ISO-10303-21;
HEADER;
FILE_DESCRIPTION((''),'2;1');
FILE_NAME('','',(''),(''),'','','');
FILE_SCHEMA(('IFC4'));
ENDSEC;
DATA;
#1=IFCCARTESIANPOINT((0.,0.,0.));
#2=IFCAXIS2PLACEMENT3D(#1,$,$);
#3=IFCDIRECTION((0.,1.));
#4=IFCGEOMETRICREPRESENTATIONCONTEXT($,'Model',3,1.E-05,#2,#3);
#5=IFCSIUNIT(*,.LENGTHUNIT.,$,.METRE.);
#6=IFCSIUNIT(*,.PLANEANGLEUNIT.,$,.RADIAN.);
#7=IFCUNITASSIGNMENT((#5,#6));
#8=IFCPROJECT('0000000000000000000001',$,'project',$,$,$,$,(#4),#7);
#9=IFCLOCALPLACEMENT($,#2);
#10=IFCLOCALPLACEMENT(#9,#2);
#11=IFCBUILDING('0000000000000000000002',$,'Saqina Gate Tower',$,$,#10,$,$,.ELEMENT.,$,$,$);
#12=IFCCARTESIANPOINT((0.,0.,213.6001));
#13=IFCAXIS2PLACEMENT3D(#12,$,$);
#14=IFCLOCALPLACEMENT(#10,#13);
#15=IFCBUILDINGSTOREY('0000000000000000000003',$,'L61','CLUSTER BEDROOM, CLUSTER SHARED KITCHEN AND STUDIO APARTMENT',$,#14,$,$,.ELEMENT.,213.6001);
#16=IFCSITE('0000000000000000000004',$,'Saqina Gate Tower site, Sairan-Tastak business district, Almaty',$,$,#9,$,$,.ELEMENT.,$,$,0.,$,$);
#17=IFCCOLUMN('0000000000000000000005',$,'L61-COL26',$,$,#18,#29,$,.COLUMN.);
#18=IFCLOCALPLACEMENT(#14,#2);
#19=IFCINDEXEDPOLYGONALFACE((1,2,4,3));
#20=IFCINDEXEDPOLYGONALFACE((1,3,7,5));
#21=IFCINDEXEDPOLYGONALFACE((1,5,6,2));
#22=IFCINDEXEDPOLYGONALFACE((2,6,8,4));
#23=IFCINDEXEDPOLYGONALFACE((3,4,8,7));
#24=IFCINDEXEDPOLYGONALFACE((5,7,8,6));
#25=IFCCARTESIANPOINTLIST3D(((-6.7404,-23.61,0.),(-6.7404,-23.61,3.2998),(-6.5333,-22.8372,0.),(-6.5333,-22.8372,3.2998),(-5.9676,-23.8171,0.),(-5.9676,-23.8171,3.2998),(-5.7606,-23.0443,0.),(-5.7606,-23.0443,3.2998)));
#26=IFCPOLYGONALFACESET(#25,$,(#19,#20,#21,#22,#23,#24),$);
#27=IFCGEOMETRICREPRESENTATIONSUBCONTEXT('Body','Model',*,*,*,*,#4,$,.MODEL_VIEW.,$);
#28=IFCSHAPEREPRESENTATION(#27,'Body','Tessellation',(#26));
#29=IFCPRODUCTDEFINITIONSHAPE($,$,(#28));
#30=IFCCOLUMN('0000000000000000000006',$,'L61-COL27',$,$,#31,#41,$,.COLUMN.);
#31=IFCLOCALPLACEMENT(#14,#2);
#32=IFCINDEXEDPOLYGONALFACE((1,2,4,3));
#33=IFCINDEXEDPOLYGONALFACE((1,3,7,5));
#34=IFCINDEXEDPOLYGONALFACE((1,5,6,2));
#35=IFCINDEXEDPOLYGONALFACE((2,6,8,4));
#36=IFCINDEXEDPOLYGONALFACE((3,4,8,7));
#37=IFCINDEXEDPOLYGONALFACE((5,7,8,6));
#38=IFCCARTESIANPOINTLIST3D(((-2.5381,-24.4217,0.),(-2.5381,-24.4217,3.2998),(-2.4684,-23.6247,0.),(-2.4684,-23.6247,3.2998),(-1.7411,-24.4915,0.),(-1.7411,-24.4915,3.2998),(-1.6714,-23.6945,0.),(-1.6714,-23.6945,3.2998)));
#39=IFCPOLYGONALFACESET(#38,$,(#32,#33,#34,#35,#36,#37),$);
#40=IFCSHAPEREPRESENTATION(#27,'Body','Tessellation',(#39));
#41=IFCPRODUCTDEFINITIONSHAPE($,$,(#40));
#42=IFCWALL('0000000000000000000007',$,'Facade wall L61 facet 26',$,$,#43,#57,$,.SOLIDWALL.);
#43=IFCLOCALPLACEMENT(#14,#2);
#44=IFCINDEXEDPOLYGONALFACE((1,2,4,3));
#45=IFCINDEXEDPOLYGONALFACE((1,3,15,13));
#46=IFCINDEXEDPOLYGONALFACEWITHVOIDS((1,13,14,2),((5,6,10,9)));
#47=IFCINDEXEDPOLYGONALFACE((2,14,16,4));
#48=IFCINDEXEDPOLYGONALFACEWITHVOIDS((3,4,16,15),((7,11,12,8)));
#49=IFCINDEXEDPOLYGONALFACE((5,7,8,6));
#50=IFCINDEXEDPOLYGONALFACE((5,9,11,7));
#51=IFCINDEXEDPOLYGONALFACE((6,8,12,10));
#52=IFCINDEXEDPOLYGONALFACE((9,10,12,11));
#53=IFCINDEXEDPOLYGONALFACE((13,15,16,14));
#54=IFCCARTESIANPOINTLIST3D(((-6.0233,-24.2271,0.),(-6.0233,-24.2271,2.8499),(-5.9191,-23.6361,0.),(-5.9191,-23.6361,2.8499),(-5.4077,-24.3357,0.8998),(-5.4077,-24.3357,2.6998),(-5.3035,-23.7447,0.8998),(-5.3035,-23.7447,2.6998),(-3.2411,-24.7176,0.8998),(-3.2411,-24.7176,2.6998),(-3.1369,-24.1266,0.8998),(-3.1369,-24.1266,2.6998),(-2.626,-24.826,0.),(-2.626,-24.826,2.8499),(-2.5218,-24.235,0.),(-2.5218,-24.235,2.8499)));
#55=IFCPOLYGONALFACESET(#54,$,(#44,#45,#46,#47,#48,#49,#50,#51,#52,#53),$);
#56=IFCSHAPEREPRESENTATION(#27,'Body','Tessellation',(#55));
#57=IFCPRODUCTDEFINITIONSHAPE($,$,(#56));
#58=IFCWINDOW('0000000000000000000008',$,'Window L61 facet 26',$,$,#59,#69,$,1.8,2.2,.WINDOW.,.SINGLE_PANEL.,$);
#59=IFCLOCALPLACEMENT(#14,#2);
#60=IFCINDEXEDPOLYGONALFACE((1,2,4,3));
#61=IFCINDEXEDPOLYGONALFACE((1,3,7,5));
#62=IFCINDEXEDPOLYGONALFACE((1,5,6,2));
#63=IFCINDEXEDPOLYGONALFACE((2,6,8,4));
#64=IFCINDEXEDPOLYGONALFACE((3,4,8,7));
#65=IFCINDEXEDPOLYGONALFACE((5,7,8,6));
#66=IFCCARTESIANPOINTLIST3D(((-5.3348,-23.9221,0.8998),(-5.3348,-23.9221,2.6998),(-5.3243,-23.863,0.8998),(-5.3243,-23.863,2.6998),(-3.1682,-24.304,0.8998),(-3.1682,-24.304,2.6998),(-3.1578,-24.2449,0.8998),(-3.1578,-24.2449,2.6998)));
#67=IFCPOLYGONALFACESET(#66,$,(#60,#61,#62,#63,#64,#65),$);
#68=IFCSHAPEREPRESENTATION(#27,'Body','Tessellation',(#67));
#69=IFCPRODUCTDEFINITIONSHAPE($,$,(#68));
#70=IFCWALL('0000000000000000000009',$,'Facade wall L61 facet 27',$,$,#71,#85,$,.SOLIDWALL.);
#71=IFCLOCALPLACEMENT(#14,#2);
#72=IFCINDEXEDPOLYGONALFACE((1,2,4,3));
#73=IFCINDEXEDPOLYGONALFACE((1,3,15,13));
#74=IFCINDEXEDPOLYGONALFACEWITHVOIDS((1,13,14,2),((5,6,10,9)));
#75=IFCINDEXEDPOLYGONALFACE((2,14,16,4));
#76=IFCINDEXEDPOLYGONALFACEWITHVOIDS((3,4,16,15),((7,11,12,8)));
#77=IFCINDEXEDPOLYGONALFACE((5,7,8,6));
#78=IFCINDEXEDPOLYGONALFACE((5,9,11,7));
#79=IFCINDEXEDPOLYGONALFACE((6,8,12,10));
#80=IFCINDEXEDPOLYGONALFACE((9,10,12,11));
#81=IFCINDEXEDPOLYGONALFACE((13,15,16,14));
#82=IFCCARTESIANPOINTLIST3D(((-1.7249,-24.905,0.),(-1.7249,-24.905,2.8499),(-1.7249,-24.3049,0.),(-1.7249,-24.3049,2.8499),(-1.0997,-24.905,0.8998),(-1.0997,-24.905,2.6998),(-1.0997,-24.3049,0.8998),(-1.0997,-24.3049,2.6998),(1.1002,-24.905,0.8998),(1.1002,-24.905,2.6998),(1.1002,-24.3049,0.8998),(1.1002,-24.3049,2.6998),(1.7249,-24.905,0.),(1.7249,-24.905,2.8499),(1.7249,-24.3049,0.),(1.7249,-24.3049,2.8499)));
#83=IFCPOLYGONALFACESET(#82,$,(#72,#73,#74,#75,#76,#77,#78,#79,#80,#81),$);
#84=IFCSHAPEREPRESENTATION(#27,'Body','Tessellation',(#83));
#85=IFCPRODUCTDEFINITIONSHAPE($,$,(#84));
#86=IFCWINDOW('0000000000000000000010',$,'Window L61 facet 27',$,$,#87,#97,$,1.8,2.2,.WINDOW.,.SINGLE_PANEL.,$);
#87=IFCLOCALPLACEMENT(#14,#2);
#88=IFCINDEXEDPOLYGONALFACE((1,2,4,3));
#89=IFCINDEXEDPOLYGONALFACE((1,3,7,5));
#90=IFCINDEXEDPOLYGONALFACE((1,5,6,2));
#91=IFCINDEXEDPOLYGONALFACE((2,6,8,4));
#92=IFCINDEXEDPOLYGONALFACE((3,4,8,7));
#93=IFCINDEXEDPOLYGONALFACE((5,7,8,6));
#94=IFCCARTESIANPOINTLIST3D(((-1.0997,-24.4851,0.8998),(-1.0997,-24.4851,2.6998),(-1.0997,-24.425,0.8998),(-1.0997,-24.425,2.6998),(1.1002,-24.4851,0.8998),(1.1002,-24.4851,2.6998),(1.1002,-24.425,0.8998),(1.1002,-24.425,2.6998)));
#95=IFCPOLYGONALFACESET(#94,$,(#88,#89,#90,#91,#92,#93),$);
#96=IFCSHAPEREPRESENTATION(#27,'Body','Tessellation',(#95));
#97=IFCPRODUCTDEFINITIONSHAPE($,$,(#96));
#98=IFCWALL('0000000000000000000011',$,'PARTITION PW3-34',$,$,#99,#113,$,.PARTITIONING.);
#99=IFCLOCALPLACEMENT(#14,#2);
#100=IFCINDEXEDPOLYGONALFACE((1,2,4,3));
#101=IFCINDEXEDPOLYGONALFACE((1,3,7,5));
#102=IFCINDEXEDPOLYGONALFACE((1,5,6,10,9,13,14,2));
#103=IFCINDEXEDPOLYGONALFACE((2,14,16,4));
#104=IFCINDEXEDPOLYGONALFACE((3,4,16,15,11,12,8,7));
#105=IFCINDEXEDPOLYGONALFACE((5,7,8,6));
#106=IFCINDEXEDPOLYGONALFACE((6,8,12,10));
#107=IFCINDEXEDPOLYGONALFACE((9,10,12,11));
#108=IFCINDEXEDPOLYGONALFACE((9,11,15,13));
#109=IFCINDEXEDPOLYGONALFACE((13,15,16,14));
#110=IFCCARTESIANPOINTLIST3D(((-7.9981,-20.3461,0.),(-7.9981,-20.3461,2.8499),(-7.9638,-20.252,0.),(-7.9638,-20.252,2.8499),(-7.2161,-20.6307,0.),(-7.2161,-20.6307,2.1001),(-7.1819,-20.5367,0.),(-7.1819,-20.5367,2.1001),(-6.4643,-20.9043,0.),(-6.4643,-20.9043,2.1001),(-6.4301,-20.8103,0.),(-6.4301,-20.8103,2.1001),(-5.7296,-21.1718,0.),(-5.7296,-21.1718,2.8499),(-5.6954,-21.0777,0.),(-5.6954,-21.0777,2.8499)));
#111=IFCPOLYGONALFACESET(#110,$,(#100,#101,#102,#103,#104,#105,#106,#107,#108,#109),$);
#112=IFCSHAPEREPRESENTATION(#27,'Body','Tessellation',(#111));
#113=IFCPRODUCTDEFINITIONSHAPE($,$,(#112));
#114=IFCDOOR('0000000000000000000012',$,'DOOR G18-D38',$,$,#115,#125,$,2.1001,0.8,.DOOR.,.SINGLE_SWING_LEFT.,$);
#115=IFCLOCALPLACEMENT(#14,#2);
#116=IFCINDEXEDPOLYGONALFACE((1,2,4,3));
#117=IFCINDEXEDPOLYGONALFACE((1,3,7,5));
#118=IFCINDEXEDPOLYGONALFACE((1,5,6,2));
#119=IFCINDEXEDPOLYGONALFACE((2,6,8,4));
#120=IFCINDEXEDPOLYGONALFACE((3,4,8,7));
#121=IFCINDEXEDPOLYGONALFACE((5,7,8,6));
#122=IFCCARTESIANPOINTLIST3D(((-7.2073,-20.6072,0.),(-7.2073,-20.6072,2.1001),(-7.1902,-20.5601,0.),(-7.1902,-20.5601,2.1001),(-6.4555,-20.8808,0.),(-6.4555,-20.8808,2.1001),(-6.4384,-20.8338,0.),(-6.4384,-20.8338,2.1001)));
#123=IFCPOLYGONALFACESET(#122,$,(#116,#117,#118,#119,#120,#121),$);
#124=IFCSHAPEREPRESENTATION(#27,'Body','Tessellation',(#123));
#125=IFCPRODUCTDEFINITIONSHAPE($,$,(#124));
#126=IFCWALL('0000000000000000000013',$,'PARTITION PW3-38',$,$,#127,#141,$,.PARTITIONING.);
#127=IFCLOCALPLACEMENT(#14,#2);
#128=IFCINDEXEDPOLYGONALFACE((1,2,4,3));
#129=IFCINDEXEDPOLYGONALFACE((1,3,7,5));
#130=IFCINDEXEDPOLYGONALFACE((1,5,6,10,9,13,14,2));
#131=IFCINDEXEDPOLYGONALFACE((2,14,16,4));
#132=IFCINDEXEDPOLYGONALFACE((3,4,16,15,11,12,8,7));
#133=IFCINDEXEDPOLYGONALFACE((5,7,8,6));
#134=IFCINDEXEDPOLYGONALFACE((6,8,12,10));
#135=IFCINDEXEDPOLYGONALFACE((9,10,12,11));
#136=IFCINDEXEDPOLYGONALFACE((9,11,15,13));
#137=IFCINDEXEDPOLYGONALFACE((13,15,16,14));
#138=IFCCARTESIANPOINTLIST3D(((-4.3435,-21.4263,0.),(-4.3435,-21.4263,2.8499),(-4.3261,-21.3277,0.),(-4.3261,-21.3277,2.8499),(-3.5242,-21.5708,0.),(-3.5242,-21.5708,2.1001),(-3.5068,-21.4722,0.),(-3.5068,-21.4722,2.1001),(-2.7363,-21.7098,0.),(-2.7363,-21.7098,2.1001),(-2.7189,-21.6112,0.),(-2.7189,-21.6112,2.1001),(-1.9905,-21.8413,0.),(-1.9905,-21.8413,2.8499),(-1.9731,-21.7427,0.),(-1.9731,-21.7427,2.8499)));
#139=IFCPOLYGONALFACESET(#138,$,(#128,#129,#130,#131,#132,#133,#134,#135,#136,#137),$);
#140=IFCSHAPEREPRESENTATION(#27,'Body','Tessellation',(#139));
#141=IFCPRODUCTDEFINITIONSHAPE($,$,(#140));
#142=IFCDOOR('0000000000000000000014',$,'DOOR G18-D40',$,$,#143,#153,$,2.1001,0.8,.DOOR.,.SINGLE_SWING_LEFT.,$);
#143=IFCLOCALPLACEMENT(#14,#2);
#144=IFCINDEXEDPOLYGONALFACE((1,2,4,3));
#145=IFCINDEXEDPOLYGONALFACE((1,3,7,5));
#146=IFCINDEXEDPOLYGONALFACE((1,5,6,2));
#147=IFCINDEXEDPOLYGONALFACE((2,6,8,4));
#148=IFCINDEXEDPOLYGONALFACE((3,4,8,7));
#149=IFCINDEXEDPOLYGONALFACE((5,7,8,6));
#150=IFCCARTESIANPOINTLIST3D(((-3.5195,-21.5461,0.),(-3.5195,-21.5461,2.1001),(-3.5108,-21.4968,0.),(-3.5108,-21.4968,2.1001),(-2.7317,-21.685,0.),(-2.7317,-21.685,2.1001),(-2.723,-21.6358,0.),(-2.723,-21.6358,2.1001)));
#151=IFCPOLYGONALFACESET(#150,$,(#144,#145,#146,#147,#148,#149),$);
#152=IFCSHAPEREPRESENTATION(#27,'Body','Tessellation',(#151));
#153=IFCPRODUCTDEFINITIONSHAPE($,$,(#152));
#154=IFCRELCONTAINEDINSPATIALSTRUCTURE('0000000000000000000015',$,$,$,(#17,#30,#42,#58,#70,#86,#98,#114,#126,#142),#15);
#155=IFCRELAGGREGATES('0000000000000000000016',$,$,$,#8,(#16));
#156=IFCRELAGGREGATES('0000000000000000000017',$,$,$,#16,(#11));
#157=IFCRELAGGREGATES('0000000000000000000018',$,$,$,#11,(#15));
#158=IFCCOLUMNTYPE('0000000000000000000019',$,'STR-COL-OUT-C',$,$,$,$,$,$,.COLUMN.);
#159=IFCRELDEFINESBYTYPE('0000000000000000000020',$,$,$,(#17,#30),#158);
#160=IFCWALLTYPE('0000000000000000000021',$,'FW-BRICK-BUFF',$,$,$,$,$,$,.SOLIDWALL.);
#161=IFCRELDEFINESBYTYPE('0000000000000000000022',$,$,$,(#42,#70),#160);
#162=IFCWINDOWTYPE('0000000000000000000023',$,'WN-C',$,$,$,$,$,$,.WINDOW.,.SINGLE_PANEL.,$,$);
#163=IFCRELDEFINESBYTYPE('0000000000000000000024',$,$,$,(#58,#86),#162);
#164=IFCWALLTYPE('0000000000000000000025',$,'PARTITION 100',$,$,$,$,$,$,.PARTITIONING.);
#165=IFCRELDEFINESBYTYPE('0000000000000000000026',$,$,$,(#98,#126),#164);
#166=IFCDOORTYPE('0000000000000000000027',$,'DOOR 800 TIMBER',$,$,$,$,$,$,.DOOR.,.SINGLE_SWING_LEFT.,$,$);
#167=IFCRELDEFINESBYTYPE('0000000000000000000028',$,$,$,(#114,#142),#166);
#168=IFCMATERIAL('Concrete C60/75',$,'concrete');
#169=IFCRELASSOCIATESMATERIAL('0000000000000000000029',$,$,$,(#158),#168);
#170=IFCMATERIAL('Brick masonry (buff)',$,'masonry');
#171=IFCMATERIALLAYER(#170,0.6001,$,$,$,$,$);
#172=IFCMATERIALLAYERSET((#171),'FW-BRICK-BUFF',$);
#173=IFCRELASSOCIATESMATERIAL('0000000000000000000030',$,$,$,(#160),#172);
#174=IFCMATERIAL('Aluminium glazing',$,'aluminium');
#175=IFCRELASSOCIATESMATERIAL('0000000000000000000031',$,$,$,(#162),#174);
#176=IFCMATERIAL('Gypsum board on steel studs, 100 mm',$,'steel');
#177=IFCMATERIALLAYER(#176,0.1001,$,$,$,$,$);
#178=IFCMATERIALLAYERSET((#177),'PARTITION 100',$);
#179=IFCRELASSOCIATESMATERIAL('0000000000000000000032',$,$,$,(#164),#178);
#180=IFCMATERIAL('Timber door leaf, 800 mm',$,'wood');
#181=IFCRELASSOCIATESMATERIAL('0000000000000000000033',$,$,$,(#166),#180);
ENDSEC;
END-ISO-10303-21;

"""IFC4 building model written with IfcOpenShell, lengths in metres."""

from ifc_helpers import new_model, si_unit, direction, frame, frame_2d, origin, origin_2d, place, context, subcontext, project, spatial, rectangle, extrude, material, layer, layer_set, material_profile, profile_set, type_object, element, fill, save


model = new_model("IFC4")

# Units and contexts
model_context = context("Model", 3, precision=1e-05, world=origin(), true_north=direction((0.0, 1.0)))
body_context = subcontext(model_context, "Body", "Model", "MODEL_VIEW")
ifc_project = project(units=[si_unit("LENGTHUNIT", "METRE"), si_unit("PLANEANGLEUNIT", "RADIAN")], contexts=[model_context])

# Site, building, storey
site_placement = place(None, origin())
site = spatial("IfcSite", under=ifc_project, at=site_placement, Name="Saqina Gate Tower site, Sairan-Tastak business district, Almaty", CompositionType="ELEMENT", RefElevation=0.0)
building_placement = place(site_placement, origin())
building = spatial("IfcBuilding", under=site, at=building_placement, Name="Saqina Gate Tower", CompositionType="ELEMENT")
storey_placement = place(building_placement, frame((0.0, 0.0, 213.6001)))
storey = spatial("IfcBuildingStorey", under=building, at=storey_placement, Name="L61", Description="CLUSTER BEDROOM, CLUSTER SHARED KITCHEN AND STUDIO APARTMENT", CompositionType="ELEMENT", Elevation=213.6001)

# Columns
ifc_material_1 = material(Name="Concrete C60/75", Category="concrete")
ifc_material_profile = material_profile(ifc_material_1, rectangle(XDim=0.8, YDim=0.8, at=origin_2d()), Name="RC 800x800")
ifc_profile_set = profile_set([ifc_material_profile], Name="Concrete C60/75")
column_type = type_object("IfcColumnType", Name="STR-COL-OUT-C", PredefinedType="COLUMN", material=ifc_profile_set)
for number, where, z_axis, x_axis, name in (
    (1, (-6.2505, -23.3271, 0.0), (0.0, 0.0, 1.0), (-0.258819, -0.965926, 0.0), "L61-COL26"),
    (2, (-2.1047, -24.0581, 0.0), (0.0, 0.0, 1.0), (-0.087156, -0.996195, 0.0), "L61-COL27"),
):
    element("IfcColumn", number, at=place(storey_placement, frame(where, z_axis=z_axis, x_axis=x_axis)), inside=storey, type_object=column_type, Name=name, PredefinedType="COLUMN", context=body_context, shape_type="SweptSolid", body=[
        extrude(rectangle(XDim=0.8, YDim=0.8, at=origin_2d()), origin(), (0.0, 0.0, 1.0), 3.2998),
    ])

# Walls, openings, windows
ifc_material_2 = material(Name="Brick masonry (buff)", Category="masonry")
ifc_layer_1 = layer(ifc_material_2, 0.6001)
ifc_layer_set_1 = layer_set([ifc_layer_1], Name="FW-BRICK-BUFF")
wall_type_1 = type_object("IfcWallType", Name="FW-BRICK-BUFF", PredefinedType="SOLIDWALL", material=ifc_layer_set_1)
wall_1_placement = place(storey_placement, frame((-5.9712, -23.9316, 0.0), z_axis=(0.0, 0.0, 1.0), x_axis=(0.984815, -0.173608, 0.0)))
wall_1 = element("IfcWall", 3, at=wall_1_placement, inside=storey, type_object=wall_type_1, Name="Facade wall L61 facet 26", PredefinedType="SOLIDWALL", context=body_context, shape_type="SweptSolid", body=[
    extrude(rectangle(XDim=3.4497, YDim=0.6001, at=frame_2d((1.7249, 0.0))), origin(), (0.0, 0.0, 1.0), 2.8499),
])
opening_1_placement = place(wall_1_placement, frame((0.625, 0.0, 0.8999)))
opening_1 = element("IfcOpeningElement", 4, at=opening_1_placement, cuts=wall_1, PredefinedType="OPENING", context=body_context, shape_type="SweptSolid", body=[
    extrude(rectangle(XDim=2.2, YDim=1.8, at=frame_2d((1.1001, 0.8999))), frame((0.0, 0.312, 0.0), z_axis=(0.0, -1.0, 0.0), x_axis=(1.0, 0.0, 0.0)), (0.0, 0.0, 1.0), 0.624),
])
ifc_material_3 = material(Name="Aluminium glazing", Category="aluminium")
window_type = type_object("IfcWindowType", Name="WN-C", PartitioningType="SINGLE_PANEL", PredefinedType="WINDOW", material=ifc_material_3)
window_1_placement = place(opening_1_placement, origin())
window_1 = element("IfcWindow", 5, at=window_1_placement, inside=storey, type_object=window_type, Name="Window L61 facet 26", OverallHeight=1.8, OverallWidth=2.2, PartitioningType="SINGLE_PANEL", PredefinedType="WINDOW", context=body_context, shape_type="SweptSolid", body=[
    extrude(rectangle(XDim=2.2, YDim=1.8, at=frame_2d((1.1001, 0.8999))), frame((0.0, 0.1799, 0.0), z_axis=(0.0, -1.0, 0.0), x_axis=(1.0, 0.0, 0.0)), (0.0, 0.0, 1.0), 0.0601),
])
fill(opening_1, window_1)
wall_2_placement = place(storey_placement, frame((-1.7249, -24.605, 0.0), z_axis=(0.0, 0.0, 1.0), x_axis=(1.0, 0.0, 0.0)))
wall_2 = element("IfcWall", 6, at=wall_2_placement, inside=storey, type_object=wall_type_1, Name="Facade wall L61 facet 27", PredefinedType="SOLIDWALL", context=body_context, shape_type="SweptSolid", body=[
    extrude(rectangle(XDim=3.4497, YDim=0.6001, at=frame_2d((1.7249, 0.0))), origin(), (0.0, 0.0, 1.0), 2.8499),
])
opening_2_placement = place(wall_2_placement, frame((0.625, 0.0, 0.8999)))
opening_2 = element("IfcOpeningElement", 7, at=opening_2_placement, cuts=wall_2, PredefinedType="OPENING", context=body_context, shape_type="SweptSolid", body=[
    extrude(rectangle(XDim=2.2, YDim=1.8, at=frame_2d((1.1001, 0.8999))), frame((0.0, 0.312, 0.0), z_axis=(0.0, -1.0, 0.0), x_axis=(1.0, 0.0, 0.0)), (0.0, 0.0, 1.0), 0.624),
])
window_2_placement = place(opening_2_placement, origin())
window_2 = element("IfcWindow", 8, at=window_2_placement, inside=storey, type_object=window_type, Name="Window L61 facet 27", OverallHeight=1.8, OverallWidth=2.2, PartitioningType="SINGLE_PANEL", PredefinedType="WINDOW", context=body_context, shape_type="SweptSolid", body=[
    extrude(rectangle(XDim=2.2, YDim=1.8, at=frame_2d((1.1001, 0.8999))), frame((0.0, 0.1799, 0.0), z_axis=(0.0, -1.0, 0.0), x_axis=(1.0, 0.0, 0.0)), (0.0, 0.0, 1.0), 0.0601),
])
fill(opening_2, window_2)

# Walls, openings, doors
ifc_material_4 = material(Name="Gypsum board on steel studs, 100 mm", Category="steel")
ifc_layer_2 = layer(ifc_material_4, 0.1001)
ifc_layer_set_2 = layer_set([ifc_layer_2], Name="PARTITION 100")
wall_type_2 = type_object("IfcWallType", Name="PARTITION 100", PredefinedType="PARTITIONING", material=ifc_layer_set_2)
wall_3_placement = place(storey_placement, frame((-7.981, -20.2991, 0.0), z_axis=(0.0, 0.0, 1.0), x_axis=(0.939693, -0.342019, 0.0)))
wall_3 = element("IfcWall", 9, at=wall_3_placement, inside=storey, type_object=wall_type_2, Name="PARTITION PW3-34", PredefinedType="PARTITIONING", context=body_context, shape_type="SweptSolid", body=[
    extrude(rectangle(XDim=2.4141, YDim=0.1001, at=frame_2d((1.207, 0.0))), origin(), (0.0, 0.0, 1.0), 2.8499),
])
opening_3_placement = place(wall_3_placement, frame((0.8323, 0.0, 0.0)))
opening_3 = element("IfcOpeningElement", 10, at=opening_3_placement, cuts=wall_3, PredefinedType="OPENING", context=body_context, shape_type="SweptSolid", body=[
    extrude(rectangle(XDim=0.8, YDim=2.1001, at=frame_2d((0.3999, 1.05))), frame((0.0, 0.062, 0.0), z_axis=(0.0, -1.0, 0.0), x_axis=(1.0, 0.0, 0.0)), (0.0, 0.0, 1.0), 0.124),
])
ifc_material_5 = material(Name="Timber door leaf, 800 mm", Category="wood")
door_type = type_object("IfcDoorType", Name="DOOR 800 TIMBER", OperationType="SINGLE_SWING_LEFT", PredefinedType="DOOR", material=ifc_material_5)
door_1_placement = place(opening_3_placement, frame((0.8, 0.0, 0.0), z_axis=(0.0, 0.0, 1.0), x_axis=(-1.0, 0.0, 0.0)))
door_1 = element("IfcDoor", 11, at=door_1_placement, inside=storey, type_object=door_type, Name="DOOR G18-D38", OperationType="SINGLE_SWING_LEFT", OverallHeight=2.1001, OverallWidth=0.8, PredefinedType="DOOR", context=body_context, shape_type="SweptSolid", body=[
    extrude(rectangle(XDim=0.8, YDim=2.1001, at=frame_2d((0.3999, 1.05))), frame((0.0, 0.0249, 0.0), z_axis=(0.0, -1.0, 0.0), x_axis=(1.0, 0.0, 0.0)), (0.0, 0.0, 1.0), 0.05),
])
fill(opening_3, door_1)
wall_4_placement = place(storey_placement, frame((-4.335, -21.377, 0.0), z_axis=(0.0, 0.0, 1.0), x_axis=(0.984798, -0.173704, 0.0)))
wall_4 = element("IfcWall", 12, at=wall_4_placement, inside=storey, type_object=wall_type_2, Name="PARTITION PW3-38", PredefinedType="PARTITIONING", context=body_context, shape_type="SweptSolid", body=[
    extrude(rectangle(XDim=2.3894, YDim=0.1001, at=frame_2d((1.1948, 0.0))), origin(), (0.0, 0.0, 1.0), 2.8499),
])
opening_4_placement = place(wall_4_placement, frame((0.8323, 0.0, 0.0)))
opening_4 = element("IfcOpeningElement", 13, at=opening_4_placement, cuts=wall_4, PredefinedType="OPENING", context=body_context, shape_type="SweptSolid", body=[
    extrude(rectangle(XDim=0.8, YDim=2.1001, at=frame_2d((0.3999, 1.05))), frame((0.0, 0.062, 0.0), z_axis=(0.0, -1.0, 0.0), x_axis=(1.0, 0.0, 0.0)), (0.0, 0.0, 1.0), 0.124),
])
door_2_placement = place(opening_4_placement, frame((0.8, 0.0, 0.0), z_axis=(0.0, 0.0, 1.0), x_axis=(-1.0, 0.0, 0.0)))
door_2 = element("IfcDoor", 14, at=door_2_placement, inside=storey, type_object=door_type, Name="DOOR G18-D40", OperationType="SINGLE_SWING_LEFT", OverallHeight=2.1001, OverallWidth=0.8, PredefinedType="DOOR", context=body_context, shape_type="SweptSolid", body=[
    extrude(rectangle(XDim=0.8, YDim=2.1001, at=frame_2d((0.3999, 1.05))), frame((0.0, 0.0249, 0.0), z_axis=(0.0, -1.0, 0.0), x_axis=(1.0, 0.0, 0.0)), (0.0, 0.0, 1.0), 0.05),
])
fill(opening_4, door_2)

save(model, "model.ifc")
